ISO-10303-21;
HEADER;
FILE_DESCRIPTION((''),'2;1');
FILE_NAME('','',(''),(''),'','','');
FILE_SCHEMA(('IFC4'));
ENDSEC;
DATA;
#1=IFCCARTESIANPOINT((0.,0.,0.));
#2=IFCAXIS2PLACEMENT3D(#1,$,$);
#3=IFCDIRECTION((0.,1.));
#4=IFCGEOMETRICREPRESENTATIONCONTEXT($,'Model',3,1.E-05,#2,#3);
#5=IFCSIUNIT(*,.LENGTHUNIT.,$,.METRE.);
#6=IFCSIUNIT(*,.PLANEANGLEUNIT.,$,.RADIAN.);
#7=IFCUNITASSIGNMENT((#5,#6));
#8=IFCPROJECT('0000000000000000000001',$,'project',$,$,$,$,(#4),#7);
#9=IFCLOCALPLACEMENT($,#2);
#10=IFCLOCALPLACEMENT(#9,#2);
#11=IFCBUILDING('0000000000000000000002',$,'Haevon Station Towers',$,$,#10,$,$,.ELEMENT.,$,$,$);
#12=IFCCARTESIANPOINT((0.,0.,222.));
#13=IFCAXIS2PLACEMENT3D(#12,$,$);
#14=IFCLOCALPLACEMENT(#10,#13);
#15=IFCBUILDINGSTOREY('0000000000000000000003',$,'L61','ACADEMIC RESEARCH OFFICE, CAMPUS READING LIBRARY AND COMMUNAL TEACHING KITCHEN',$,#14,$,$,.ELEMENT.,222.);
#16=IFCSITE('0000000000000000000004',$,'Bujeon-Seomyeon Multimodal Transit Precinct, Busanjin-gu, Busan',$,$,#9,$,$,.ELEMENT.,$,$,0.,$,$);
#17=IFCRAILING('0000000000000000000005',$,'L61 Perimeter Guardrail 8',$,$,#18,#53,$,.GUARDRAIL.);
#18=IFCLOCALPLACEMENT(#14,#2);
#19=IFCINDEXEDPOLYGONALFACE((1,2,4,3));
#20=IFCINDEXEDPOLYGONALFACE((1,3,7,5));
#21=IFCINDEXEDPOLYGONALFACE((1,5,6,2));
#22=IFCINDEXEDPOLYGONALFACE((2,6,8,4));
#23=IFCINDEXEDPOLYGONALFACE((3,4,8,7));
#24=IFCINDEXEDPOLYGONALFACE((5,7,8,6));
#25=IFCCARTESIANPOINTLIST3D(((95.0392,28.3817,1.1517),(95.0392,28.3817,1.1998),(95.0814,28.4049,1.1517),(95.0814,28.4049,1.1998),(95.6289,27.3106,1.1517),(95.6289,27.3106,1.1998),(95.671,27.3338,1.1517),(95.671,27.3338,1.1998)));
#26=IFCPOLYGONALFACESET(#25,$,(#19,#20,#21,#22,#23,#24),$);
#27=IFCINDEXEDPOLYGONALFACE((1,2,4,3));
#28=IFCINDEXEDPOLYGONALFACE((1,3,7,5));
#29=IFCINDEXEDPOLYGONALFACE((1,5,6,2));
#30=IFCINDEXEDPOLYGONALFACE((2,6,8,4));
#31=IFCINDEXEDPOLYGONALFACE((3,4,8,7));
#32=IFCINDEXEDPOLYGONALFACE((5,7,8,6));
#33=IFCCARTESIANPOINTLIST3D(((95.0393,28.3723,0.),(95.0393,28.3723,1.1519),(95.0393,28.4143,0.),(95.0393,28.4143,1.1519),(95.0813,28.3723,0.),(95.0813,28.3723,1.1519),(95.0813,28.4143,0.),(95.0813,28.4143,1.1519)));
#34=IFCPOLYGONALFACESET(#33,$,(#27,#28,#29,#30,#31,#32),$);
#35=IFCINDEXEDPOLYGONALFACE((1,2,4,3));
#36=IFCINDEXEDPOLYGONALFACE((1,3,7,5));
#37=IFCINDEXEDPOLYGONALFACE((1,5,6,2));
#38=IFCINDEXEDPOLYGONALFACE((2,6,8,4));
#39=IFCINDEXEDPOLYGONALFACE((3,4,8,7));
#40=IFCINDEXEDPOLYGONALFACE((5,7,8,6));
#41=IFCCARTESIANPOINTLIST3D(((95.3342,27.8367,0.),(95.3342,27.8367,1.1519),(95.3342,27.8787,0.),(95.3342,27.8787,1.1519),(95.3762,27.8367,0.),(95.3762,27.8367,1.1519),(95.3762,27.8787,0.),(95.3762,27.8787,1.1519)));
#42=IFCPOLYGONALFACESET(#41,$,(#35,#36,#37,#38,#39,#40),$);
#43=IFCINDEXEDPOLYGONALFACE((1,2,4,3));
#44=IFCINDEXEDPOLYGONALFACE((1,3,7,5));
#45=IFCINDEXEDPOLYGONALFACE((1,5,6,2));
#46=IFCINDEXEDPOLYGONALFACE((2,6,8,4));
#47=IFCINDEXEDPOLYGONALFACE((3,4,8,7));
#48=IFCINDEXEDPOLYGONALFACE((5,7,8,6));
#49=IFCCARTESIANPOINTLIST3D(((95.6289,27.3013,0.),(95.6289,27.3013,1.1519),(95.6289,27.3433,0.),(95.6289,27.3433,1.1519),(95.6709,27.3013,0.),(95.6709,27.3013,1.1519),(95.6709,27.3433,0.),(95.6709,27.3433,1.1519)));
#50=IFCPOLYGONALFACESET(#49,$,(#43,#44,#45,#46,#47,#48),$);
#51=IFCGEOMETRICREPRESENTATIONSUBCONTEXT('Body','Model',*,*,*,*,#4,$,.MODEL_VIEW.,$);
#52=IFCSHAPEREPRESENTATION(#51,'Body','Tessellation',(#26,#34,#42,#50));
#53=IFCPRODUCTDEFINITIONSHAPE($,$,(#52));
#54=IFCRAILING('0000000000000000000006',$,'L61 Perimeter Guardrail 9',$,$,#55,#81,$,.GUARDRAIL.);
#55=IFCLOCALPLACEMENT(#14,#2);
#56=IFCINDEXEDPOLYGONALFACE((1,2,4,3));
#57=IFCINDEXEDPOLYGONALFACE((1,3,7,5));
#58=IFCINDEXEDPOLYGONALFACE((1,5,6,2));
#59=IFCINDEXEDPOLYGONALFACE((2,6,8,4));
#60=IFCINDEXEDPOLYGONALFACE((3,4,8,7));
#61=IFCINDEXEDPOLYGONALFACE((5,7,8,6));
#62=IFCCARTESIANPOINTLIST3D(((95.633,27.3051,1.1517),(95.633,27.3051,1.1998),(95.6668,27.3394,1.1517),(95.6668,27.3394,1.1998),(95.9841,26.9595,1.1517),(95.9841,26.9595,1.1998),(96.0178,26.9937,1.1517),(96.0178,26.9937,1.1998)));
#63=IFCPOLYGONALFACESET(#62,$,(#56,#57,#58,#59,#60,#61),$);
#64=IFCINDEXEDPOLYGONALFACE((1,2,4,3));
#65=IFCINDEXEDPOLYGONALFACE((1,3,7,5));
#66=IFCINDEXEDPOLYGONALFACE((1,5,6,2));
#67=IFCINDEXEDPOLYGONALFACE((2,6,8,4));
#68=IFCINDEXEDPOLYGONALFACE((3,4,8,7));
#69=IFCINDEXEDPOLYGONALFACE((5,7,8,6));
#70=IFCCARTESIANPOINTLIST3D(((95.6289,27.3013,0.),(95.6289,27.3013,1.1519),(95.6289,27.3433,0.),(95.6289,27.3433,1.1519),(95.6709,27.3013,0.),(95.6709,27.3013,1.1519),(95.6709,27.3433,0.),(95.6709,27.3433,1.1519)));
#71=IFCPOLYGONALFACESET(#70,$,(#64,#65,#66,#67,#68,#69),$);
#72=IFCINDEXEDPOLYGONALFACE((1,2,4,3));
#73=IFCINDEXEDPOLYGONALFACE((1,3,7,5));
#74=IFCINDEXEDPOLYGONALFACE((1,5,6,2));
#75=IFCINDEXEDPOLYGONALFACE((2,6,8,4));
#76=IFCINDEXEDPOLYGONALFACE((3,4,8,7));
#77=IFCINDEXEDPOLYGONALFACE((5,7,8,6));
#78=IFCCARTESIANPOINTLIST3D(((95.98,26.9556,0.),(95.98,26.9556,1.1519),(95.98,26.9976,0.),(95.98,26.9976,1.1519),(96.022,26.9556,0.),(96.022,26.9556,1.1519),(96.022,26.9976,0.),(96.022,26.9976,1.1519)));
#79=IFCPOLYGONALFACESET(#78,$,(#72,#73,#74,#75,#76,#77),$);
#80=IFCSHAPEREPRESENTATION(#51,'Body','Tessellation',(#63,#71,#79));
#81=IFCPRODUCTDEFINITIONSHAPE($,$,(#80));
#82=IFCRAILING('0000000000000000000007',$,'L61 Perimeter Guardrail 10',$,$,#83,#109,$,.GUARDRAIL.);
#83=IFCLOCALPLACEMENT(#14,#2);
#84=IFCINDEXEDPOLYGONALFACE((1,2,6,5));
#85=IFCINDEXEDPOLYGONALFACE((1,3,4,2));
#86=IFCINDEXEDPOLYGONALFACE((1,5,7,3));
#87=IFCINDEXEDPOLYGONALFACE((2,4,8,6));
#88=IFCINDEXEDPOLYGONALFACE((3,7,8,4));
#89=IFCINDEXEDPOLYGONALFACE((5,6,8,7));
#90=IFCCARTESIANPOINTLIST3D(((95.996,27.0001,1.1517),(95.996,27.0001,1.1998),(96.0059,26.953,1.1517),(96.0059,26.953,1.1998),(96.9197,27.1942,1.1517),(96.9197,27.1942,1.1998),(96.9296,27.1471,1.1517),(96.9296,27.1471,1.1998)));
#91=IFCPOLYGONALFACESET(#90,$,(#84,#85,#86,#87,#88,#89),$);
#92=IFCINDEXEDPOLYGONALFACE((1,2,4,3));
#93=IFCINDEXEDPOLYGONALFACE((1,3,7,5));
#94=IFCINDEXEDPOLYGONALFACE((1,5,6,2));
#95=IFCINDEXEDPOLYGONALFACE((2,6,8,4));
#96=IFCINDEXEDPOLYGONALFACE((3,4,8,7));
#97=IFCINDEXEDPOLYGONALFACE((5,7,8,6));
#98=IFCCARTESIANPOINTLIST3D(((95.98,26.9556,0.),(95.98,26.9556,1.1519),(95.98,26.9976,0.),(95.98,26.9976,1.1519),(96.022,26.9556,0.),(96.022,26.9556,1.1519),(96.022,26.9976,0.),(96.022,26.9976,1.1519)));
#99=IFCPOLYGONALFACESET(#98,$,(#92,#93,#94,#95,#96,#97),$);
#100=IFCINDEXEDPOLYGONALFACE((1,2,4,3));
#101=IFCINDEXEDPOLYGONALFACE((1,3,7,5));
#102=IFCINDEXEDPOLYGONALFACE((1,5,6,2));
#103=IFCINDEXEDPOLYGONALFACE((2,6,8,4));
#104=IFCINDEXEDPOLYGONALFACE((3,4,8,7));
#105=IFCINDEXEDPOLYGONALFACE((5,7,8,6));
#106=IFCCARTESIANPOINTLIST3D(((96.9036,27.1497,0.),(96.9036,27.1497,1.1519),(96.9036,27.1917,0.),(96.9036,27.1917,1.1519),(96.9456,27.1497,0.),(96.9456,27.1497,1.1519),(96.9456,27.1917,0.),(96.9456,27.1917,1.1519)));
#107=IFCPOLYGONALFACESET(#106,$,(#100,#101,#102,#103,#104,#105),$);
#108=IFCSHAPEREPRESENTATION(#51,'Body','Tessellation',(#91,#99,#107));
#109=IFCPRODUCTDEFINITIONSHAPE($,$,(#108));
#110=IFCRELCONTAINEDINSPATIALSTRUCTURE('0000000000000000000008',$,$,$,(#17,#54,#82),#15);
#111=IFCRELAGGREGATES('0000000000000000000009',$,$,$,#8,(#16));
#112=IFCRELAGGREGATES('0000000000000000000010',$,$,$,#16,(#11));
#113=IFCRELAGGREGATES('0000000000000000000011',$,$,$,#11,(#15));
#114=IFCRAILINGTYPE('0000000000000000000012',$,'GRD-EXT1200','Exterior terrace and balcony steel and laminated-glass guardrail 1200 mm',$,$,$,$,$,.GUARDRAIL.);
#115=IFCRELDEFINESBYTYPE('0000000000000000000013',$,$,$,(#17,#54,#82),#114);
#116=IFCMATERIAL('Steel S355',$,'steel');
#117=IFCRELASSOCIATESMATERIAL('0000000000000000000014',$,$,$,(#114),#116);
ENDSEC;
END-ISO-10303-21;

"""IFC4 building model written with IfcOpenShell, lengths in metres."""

from ifc_helpers import new_model, si_unit, direction, frame, origin, origin_2d, place, context, subcontext, project, spatial, rectangle, extrude, material, type_object, element, save


model = new_model("IFC4")

# Units and contexts
model_context = context("Model", 3, precision=1e-05, world=origin(), true_north=direction((0.0, 1.0)))
body_context = subcontext(model_context, "Body", "Model", "MODEL_VIEW")
ifc_project = project(units=[si_unit("LENGTHUNIT", "METRE"), si_unit("PLANEANGLEUNIT", "RADIAN")], contexts=[model_context])

# Site, building, storey
site_placement = place(None, origin())
site = spatial("IfcSite", under=ifc_project, at=site_placement, Name="Bujeon-Seomyeon Multimodal Transit Precinct, Busanjin-gu, Busan", CompositionType="ELEMENT", RefElevation=0.0)
building_placement = place(site_placement, origin())
building = spatial("IfcBuilding", under=site, at=building_placement, Name="Haevon Station Towers", CompositionType="ELEMENT")
storey_placement = place(building_placement, frame((0.0, 0.0, 222.0)))
storey = spatial("IfcBuildingStorey", under=building, at=storey_placement, Name="L61", Description="ACADEMIC RESEARCH OFFICE, CAMPUS READING LIBRARY AND COMMUNAL TEACHING KITCHEN", CompositionType="ELEMENT", Elevation=222.0)

# Shared definitions
ifc_material_1 = material(Name="Steel S355", Category="steel")

# Railings
railing_type = type_object("IfcRailingType", Name="GRD-EXT1200", Description="Exterior terrace and balcony steel and laminated-glass guardrail 1200 mm", PredefinedType="GUARDRAIL", material=ifc_material_1)
railing_1_placement = place(storey_placement, frame((95.0603, 28.3933, 0.0)))
element("IfcRailing", 1, at=railing_1_placement, inside=storey, type_object=railing_type, Name="L61 Perimeter Guardrail 8", PredefinedType="GUARDRAIL", context=body_context, shape_type="SweptSolid", body=[
    extrude(rectangle(XDim=0.0481, YDim=0.0481, at=origin_2d()), frame((0.0, 0.0, 1.1758), z_axis=(0.482248, -0.876035, 0.0), x_axis=(0.876035, 0.482248, 0.0)), (0.0, 0.0, 1.0), 1.2227),
    extrude(rectangle(XDim=0.042, YDim=0.042, at=origin_2d()), origin(), (0.0, 0.0, 1.0), 1.1519),
    extrude(rectangle(XDim=0.042, YDim=0.042, at=origin_2d()), frame((0.2949, -0.5356, 0.0)), (0.0, 0.0, 1.0), 1.1519),
    extrude(rectangle(XDim=0.042, YDim=0.042, at=origin_2d()), frame((0.5896, -1.071, 0.0)), (0.0, 0.0, 1.0), 1.1519),
])
railing_2_placement = place(storey_placement, frame((95.6499, 27.3223, 0.0)))
element("IfcRailing", 2, at=railing_2_placement, inside=storey, type_object=railing_type, Name="L61 Perimeter Guardrail 9", PredefinedType="GUARDRAIL", context=body_context, shape_type="SweptSolid", body=[
    extrude(rectangle(XDim=0.0481, YDim=0.0481, at=origin_2d()), frame((0.0, 0.0, 1.1758), z_axis=(0.712536, -0.701635, 0.0), x_axis=(0.701635, 0.712536, 0.0)), (0.0, 0.0, 1.0), 0.4927),
    extrude(rectangle(XDim=0.042, YDim=0.042, at=origin_2d()), origin(), (0.0, 0.0, 1.0), 1.1519),
    extrude(rectangle(XDim=0.042, YDim=0.042, at=origin_2d()), frame((0.3511, -0.3457, 0.0)), (0.0, 0.0, 1.0), 1.1519),
])
railing_3_placement = place(storey_placement, frame((96.001, 26.9766, 0.0)))
element("IfcRailing", 3, at=railing_3_placement, inside=storey, type_object=railing_type, Name="L61 Perimeter Guardrail 10", PredefinedType="GUARDRAIL", context=body_context, shape_type="SweptSolid", body=[
    extrude(rectangle(XDim=0.0481, YDim=0.0481, at=origin_2d()), frame((0.0, 0.0, 1.1758), z_axis=(0.978624, 0.205658, 0.0), x_axis=(-0.205658, 0.978624, 0.0)), (0.0, 0.0, 1.0), 0.9438),
    extrude(rectangle(XDim=0.042, YDim=0.042, at=origin_2d()), origin(), (0.0, 0.0, 1.0), 1.1519),
    extrude(rectangle(XDim=0.042, YDim=0.042, at=origin_2d()), frame((0.9236, 0.1941, 0.0)), (0.0, 0.0, 1.0), 1.1519),
])

save(model, "model.ifc")
